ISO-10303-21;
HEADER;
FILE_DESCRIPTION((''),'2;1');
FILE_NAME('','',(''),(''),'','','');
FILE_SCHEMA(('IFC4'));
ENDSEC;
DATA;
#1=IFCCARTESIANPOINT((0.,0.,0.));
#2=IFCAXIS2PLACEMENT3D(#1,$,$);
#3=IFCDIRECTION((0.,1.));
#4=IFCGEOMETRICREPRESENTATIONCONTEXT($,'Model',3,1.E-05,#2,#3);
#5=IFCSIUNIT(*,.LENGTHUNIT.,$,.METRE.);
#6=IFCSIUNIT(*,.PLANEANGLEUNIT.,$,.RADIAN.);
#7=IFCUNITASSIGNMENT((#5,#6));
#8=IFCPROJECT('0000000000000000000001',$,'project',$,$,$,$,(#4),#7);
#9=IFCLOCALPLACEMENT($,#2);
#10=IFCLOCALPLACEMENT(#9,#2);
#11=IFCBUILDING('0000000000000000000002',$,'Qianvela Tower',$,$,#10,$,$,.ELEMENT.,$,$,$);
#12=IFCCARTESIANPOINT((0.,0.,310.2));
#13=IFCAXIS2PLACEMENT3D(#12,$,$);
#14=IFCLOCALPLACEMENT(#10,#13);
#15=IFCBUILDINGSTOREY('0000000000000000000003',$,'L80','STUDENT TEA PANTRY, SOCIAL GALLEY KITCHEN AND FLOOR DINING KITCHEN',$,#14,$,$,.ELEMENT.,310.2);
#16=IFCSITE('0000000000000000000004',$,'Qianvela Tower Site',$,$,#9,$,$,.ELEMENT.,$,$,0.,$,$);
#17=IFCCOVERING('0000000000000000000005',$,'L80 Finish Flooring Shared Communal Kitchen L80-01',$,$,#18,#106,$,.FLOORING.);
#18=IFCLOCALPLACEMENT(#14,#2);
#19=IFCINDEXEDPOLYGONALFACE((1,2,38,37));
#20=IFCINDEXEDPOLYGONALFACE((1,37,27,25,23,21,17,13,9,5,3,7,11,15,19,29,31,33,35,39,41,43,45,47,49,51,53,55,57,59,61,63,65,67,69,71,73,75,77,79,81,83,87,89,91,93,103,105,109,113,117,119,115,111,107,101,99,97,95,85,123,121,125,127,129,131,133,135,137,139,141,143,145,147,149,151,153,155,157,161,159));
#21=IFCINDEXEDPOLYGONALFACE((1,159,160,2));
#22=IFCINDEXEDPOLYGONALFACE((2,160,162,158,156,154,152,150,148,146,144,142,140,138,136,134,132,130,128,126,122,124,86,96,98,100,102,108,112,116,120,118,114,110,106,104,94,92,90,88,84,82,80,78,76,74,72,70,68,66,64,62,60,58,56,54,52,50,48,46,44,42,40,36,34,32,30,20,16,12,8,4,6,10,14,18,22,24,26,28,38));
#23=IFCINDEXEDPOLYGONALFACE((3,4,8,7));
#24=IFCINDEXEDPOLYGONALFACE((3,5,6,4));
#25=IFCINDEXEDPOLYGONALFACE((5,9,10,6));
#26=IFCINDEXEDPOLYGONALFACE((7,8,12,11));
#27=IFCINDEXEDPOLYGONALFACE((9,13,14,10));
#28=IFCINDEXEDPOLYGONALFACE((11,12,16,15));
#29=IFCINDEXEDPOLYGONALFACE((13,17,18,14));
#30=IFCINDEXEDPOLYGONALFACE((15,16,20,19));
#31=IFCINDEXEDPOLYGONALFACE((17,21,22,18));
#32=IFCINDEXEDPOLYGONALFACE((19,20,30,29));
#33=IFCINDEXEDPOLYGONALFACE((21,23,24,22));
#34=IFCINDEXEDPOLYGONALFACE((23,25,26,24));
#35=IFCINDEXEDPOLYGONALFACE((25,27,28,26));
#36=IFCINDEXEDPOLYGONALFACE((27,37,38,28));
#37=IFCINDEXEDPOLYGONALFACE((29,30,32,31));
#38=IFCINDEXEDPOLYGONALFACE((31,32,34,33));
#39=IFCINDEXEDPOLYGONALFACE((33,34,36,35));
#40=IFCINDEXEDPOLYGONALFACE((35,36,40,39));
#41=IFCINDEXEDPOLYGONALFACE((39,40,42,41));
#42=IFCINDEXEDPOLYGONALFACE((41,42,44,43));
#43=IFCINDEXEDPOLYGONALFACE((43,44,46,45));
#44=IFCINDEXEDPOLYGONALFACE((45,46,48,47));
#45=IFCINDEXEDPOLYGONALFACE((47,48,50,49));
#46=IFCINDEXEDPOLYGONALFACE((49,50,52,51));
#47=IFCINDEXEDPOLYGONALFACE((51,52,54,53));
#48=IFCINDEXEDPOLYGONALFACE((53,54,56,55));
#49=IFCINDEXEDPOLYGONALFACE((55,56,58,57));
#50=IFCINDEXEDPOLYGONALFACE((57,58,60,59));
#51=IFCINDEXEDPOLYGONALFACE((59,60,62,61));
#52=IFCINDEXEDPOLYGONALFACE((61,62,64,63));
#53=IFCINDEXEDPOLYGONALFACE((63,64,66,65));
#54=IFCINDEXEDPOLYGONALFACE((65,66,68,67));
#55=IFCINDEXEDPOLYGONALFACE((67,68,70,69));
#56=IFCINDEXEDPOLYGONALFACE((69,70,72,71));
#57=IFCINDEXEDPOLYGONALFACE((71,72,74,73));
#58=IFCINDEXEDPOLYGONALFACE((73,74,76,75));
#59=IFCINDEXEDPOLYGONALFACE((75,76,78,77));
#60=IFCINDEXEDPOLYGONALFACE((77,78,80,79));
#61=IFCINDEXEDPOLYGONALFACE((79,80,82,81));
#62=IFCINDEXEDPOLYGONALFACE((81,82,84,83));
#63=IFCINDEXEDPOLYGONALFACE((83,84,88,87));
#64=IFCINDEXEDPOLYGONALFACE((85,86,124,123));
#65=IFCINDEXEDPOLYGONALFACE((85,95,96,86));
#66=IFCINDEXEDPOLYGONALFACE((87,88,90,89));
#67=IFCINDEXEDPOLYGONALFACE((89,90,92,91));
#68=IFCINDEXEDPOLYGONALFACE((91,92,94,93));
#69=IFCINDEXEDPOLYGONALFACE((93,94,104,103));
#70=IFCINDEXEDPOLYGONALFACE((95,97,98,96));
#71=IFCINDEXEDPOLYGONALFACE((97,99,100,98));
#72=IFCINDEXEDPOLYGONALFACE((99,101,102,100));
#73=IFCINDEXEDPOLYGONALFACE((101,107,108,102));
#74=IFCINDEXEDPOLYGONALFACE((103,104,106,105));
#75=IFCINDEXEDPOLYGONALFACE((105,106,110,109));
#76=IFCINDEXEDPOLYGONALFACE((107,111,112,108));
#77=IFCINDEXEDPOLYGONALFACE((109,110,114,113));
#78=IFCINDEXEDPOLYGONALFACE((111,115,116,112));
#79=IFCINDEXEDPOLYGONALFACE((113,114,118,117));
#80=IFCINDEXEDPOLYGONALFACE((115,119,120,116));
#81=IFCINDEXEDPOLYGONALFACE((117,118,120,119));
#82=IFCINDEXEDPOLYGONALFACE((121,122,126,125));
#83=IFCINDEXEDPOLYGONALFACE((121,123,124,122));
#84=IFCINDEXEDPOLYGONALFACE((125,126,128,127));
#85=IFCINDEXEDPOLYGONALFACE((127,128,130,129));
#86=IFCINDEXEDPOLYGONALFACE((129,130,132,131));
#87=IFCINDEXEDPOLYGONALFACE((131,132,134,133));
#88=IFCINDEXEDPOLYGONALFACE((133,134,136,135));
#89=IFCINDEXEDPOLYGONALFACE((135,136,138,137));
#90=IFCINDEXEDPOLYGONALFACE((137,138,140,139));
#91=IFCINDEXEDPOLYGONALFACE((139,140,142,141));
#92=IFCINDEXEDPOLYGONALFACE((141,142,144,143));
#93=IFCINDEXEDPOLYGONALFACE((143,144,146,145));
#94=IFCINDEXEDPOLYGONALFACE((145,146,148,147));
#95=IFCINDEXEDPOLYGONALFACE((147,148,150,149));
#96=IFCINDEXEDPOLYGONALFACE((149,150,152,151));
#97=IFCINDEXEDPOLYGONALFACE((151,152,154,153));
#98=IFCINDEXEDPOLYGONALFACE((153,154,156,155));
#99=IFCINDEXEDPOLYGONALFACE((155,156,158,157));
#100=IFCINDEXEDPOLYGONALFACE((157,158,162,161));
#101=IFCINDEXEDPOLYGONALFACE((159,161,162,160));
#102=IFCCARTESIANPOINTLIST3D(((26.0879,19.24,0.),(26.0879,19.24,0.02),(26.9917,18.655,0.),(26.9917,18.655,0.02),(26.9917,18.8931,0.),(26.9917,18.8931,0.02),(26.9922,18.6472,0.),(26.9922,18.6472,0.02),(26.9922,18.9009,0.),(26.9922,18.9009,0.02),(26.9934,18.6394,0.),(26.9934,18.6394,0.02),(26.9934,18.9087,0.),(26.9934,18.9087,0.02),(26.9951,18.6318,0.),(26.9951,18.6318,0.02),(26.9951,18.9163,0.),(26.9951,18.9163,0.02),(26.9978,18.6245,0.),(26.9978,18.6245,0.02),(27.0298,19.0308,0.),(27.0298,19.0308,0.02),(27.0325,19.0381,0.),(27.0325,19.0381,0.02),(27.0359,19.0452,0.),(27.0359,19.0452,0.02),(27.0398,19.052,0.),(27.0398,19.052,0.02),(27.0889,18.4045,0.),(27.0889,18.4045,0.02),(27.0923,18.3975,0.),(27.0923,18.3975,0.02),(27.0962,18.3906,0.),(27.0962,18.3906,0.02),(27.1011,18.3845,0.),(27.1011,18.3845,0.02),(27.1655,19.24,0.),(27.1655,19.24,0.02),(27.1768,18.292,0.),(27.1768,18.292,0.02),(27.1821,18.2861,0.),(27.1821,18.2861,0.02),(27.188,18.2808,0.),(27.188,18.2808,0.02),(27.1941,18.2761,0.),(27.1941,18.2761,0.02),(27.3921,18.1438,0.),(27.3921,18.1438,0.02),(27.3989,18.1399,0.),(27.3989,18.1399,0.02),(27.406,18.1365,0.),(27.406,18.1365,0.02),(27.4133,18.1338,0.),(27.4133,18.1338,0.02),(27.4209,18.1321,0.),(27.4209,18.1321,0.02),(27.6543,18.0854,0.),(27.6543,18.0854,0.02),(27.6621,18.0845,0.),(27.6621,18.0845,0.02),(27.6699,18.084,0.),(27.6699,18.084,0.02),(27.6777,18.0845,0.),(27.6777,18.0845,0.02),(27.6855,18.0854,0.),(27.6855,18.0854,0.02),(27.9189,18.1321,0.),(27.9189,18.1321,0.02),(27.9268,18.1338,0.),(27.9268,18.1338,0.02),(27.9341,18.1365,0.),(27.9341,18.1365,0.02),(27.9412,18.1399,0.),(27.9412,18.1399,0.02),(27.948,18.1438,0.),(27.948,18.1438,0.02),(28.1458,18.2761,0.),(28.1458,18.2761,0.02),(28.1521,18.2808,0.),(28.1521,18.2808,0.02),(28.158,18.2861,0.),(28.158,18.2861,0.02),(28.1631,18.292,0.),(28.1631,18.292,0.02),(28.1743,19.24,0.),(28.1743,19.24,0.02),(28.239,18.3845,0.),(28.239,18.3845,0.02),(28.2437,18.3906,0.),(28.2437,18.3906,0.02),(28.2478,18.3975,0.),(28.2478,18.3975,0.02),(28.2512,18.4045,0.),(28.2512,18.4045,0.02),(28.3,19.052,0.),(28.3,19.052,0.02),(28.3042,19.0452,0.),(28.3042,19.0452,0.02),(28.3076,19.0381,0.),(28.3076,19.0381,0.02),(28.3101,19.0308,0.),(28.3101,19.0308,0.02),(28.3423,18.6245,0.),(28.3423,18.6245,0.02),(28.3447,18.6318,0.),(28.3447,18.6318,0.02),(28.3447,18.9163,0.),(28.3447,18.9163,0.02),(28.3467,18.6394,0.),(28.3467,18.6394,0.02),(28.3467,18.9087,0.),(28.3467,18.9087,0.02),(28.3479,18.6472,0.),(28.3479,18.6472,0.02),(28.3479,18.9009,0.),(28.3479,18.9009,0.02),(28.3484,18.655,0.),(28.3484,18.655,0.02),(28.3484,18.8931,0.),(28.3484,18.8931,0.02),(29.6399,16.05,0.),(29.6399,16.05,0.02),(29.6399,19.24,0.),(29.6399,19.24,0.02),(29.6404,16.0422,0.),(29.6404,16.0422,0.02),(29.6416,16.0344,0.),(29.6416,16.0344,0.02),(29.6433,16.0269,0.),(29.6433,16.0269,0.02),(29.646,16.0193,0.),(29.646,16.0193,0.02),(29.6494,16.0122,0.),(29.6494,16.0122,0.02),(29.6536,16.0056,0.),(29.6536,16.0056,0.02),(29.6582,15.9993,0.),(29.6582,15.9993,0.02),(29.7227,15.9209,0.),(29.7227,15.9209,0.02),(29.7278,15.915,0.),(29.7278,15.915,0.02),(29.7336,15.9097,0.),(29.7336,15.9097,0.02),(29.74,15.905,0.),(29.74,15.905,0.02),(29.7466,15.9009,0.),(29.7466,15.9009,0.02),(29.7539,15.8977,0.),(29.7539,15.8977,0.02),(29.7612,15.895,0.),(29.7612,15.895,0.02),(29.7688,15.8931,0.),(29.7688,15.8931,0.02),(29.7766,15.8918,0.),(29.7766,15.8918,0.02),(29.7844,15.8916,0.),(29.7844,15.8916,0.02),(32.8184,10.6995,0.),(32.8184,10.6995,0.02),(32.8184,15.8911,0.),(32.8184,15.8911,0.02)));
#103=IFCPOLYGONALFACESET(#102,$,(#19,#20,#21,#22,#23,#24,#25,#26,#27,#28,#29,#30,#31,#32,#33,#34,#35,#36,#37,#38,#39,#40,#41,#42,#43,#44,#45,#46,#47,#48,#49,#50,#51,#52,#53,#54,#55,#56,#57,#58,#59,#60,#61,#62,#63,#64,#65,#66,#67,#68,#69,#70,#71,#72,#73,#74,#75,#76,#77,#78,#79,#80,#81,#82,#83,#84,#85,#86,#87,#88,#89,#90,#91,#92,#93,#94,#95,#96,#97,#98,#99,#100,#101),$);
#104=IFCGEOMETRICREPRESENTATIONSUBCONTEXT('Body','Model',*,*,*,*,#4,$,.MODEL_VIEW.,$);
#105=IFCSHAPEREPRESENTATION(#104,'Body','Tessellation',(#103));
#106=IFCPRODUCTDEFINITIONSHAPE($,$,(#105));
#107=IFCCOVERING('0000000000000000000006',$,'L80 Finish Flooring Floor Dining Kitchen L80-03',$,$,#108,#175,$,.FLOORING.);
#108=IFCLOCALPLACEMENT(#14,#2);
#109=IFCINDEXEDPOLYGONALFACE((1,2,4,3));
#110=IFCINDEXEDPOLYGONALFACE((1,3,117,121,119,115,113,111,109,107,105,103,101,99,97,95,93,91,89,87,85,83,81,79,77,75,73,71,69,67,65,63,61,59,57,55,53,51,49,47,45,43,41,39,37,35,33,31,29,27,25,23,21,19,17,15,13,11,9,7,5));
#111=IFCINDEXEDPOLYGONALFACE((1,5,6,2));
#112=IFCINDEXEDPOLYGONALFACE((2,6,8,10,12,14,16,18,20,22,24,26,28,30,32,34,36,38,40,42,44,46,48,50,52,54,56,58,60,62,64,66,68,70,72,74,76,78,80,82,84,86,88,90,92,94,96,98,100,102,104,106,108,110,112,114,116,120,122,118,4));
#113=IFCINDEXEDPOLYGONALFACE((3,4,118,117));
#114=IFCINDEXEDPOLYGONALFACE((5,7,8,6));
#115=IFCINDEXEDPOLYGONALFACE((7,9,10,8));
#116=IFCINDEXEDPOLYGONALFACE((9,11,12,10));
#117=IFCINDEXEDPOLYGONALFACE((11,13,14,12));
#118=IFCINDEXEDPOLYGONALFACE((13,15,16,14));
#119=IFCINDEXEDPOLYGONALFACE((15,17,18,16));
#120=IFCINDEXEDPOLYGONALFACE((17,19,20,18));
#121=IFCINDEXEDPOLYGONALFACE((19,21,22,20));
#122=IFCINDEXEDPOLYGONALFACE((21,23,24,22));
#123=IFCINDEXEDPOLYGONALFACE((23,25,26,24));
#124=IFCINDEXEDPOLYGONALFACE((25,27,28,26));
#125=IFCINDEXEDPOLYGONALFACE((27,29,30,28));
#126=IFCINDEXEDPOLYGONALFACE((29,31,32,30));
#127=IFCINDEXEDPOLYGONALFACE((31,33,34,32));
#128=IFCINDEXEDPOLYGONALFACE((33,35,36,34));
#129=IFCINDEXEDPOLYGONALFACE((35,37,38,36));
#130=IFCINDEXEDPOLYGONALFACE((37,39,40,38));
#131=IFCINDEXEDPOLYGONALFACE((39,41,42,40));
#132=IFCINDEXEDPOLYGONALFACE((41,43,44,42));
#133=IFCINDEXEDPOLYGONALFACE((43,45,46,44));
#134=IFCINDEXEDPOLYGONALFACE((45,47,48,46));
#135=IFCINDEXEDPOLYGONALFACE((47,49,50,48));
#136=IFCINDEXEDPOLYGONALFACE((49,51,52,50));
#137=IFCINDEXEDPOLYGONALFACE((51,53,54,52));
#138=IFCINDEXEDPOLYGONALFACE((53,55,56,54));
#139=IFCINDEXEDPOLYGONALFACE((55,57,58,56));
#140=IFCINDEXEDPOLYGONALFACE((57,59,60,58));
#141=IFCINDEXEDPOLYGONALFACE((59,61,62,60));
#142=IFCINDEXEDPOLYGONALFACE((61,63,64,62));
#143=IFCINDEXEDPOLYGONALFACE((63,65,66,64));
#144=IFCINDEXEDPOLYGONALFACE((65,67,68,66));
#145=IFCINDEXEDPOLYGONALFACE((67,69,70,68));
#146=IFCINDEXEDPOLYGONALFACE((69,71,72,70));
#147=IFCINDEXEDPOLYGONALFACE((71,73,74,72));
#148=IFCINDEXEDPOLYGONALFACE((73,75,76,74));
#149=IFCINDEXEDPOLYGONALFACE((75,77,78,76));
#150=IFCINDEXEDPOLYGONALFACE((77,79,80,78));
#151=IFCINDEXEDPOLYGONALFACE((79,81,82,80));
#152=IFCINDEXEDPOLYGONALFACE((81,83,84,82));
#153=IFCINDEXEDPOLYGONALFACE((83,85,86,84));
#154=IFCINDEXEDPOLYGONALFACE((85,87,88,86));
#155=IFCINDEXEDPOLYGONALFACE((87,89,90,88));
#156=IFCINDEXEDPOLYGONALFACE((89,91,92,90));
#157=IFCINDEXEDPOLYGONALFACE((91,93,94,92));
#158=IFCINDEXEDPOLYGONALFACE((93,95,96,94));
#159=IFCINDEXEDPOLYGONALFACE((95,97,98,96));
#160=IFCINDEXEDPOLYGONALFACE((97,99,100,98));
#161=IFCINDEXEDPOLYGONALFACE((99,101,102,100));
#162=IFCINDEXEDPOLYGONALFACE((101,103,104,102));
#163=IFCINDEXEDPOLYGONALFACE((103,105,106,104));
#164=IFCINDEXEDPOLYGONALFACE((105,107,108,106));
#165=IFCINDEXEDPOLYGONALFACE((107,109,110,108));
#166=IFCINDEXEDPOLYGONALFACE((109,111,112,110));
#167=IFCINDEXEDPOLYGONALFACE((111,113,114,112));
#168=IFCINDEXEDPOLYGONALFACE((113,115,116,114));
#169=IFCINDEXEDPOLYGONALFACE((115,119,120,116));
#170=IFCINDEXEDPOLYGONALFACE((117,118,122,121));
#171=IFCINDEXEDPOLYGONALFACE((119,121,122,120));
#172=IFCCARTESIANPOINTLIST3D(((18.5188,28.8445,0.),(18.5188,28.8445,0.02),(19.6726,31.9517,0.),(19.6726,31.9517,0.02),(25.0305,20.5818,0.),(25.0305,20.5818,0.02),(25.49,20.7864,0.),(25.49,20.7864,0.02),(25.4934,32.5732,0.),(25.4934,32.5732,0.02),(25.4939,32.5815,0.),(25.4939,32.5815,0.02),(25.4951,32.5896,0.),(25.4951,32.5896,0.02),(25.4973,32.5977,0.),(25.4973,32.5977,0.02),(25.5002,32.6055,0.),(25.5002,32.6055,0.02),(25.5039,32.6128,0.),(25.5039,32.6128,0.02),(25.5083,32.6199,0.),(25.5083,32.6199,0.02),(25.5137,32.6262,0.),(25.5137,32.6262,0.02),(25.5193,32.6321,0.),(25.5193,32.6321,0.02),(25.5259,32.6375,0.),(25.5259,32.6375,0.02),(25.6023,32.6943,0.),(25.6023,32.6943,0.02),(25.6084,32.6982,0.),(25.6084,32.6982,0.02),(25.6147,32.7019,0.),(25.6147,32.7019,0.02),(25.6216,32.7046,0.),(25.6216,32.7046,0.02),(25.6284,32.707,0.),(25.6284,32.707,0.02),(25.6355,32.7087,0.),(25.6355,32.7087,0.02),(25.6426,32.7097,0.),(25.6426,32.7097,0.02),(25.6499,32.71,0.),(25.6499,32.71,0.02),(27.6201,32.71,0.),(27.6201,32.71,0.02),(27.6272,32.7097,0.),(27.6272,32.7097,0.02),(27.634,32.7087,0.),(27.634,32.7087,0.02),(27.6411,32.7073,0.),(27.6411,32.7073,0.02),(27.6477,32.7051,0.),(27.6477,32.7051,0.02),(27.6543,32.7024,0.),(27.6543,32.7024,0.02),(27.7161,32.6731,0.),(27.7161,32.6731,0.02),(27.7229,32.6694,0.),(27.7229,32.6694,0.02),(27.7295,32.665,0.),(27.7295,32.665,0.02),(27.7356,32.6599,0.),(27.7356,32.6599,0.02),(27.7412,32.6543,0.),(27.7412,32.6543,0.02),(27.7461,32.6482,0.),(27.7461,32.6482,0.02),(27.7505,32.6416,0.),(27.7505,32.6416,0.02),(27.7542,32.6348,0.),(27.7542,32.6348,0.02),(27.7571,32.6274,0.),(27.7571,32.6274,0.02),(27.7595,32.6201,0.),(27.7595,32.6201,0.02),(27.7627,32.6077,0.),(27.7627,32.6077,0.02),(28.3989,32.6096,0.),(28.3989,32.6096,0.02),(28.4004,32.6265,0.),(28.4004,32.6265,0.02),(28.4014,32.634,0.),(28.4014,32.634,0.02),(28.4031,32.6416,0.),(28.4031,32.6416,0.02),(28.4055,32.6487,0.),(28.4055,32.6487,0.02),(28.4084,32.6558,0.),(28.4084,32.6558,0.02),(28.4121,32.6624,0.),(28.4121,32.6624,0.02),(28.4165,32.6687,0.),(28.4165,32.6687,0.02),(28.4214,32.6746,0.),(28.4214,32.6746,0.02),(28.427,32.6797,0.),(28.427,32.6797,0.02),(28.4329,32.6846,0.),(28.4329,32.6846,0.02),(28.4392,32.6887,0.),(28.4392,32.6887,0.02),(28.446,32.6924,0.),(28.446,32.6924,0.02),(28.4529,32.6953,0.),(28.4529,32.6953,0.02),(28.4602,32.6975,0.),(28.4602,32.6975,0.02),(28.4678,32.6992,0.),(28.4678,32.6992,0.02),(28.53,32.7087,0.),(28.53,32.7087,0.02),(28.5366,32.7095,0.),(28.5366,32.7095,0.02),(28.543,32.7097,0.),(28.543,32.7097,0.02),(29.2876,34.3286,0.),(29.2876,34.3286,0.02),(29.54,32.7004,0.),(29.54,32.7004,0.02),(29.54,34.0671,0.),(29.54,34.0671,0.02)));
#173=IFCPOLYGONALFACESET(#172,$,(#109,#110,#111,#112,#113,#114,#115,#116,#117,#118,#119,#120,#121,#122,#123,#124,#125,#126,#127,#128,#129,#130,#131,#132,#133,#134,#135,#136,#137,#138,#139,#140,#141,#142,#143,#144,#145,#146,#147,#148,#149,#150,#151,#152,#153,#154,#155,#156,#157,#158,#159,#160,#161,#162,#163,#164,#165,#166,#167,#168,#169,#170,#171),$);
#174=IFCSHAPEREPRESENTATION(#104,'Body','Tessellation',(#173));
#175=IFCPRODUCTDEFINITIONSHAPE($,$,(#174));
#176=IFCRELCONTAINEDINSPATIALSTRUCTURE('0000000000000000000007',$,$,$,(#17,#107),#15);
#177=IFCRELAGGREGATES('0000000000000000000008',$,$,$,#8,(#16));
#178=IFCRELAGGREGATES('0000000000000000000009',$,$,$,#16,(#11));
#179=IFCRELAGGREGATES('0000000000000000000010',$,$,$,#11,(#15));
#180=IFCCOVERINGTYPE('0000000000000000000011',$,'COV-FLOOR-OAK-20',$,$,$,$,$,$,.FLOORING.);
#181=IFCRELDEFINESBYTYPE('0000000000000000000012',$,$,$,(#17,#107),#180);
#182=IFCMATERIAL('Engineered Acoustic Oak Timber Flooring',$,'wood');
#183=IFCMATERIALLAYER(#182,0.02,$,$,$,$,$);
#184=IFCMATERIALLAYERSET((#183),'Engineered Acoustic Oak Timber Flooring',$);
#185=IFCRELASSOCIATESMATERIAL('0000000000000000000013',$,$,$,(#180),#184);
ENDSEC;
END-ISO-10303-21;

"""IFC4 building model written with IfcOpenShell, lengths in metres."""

from ifc_helpers import new_model, si_unit, direction, frame, origin, place, context, subcontext, project, spatial, polyline, outline, extrude, material, layer, layer_set, type_object, element, save


model = new_model("IFC4")

# Units and contexts
model_context = context("Model", 3, precision=1e-05, world=origin(), true_north=direction((0.0, 1.0)))
body_context = subcontext(model_context, "Body", "Model", "MODEL_VIEW")
ifc_project = project(units=[si_unit("LENGTHUNIT", "METRE"), si_unit("PLANEANGLEUNIT", "RADIAN")], contexts=[model_context])

# Site, building, storey
site_placement = place(None, origin())
site = spatial("IfcSite", under=ifc_project, at=site_placement, Name="Qianvela Tower Site", CompositionType="ELEMENT", RefElevation=0.0)
building_placement = place(site_placement, origin())
building = spatial("IfcBuilding", under=site, at=building_placement, Name="Qianvela Tower", CompositionType="ELEMENT")
storey_placement = place(building_placement, frame((0.0, 0.0, 310.2)))
storey = spatial("IfcBuildingStorey", under=building, at=storey_placement, Name="L80", Description="STUDENT TEA PANTRY, SOCIAL GALLEY KITCHEN AND FLOOR DINING KITCHEN", CompositionType="ELEMENT", Elevation=310.2)

# Coverings
ifc_material_1 = material(Name="Engineered Acoustic Oak Timber Flooring", Category="wood")
ifc_layer_1 = layer(ifc_material_1, 0.02)
ifc_layer_set_1 = layer_set([ifc_layer_1], Name="Engineered Acoustic Oak Timber Flooring")
covering_type_1 = type_object("IfcCoveringType", Name="COV-FLOOR-OAK-20", PredefinedType="FLOORING", material=ifc_layer_set_1)
covering_1_placement = place(storey_placement, origin())
element("IfcCovering", 1, at=covering_1_placement, inside=storey, type_object=covering_type_1, Name="L80 Finish Flooring Shared Communal Kitchen L80-01", PredefinedType="FLOORING", context=body_context, shape_type="SweptSolid", body=[
    extrude(outline(polyline([(27.1655, 19.24), (27.0398, 19.052), (27.0359, 19.0452), (27.0325, 19.0381), (27.0298, 19.0308), (26.9951, 18.9163), (26.9934, 18.9087), (26.9922, 18.9009), (26.9917, 18.8931), (26.9917, 18.655), (26.9922, 18.6472), (26.9934, 18.6394), (26.9951, 18.6318), (26.9978, 18.6245), (27.0889, 18.4045), (27.0923, 18.3975), (27.0962, 18.3906), (27.1011, 18.3845), (27.1768, 18.292), (27.1821, 18.2861), (27.188, 18.2808), (27.1941, 18.2761), (27.3921, 18.1438), (27.3989, 18.1399), (27.406, 18.1365), (27.4133, 18.1338), (27.4209, 18.1321), (27.6543, 18.0854), (27.6621, 18.0845), (27.6699, 18.084), (27.6777, 18.0845), (27.6855, 18.0854), (27.9189, 18.1321), (27.9268, 18.1338), (27.9341, 18.1365), (27.9412, 18.1399), (27.948, 18.1438), (28.1458, 18.2761), (28.1521, 18.2808), (28.158, 18.2861), (28.1631, 18.292), (28.239, 18.3845), (28.2437, 18.3906), (28.2478, 18.3975), (28.2512, 18.4045), (28.3423, 18.6245), (28.3447, 18.6318), (28.3467, 18.6394), (28.3479, 18.6472), (28.3484, 18.655), (28.3484, 18.8931), (28.3479, 18.9009), (28.3467, 18.9087), (28.3447, 18.9163), (28.3101, 19.0308), (28.3076, 19.0381), (28.3042, 19.0452), (28.3, 19.052), (28.1743, 19.24), (29.6399, 19.24), (29.6399, 16.05), (29.6404, 16.0422), (29.6416, 16.0344), (29.6433, 16.0269), (29.646, 16.0193), (29.6494, 16.0122), (29.6536, 16.0056), (29.6582, 15.9993), (29.7227, 15.9209), (29.7278, 15.915), (29.7336, 15.9097), (29.74, 15.905), (29.7466, 15.9009), (29.7539, 15.8977), (29.7612, 15.895), (29.7688, 15.8931), (29.7766, 15.8918), (29.7844, 15.8916), (32.8184, 15.8911), (32.8184, 10.6995), (26.0879, 19.24), (27.1655, 19.24)])), origin(), (0.0, 0.0, 1.0), 0.02),
])
covering_2_placement = place(storey_placement, origin())
element("IfcCovering", 2, at=covering_2_placement, inside=storey, type_object=covering_type_1, Name="L80 Finish Flooring Floor Dining Kitchen L80-03", PredefinedType="FLOORING", context=body_context, shape_type="SweptSolid", body=[
    extrude(outline(polyline([(29.2876, 34.3286), (29.54, 34.0671), (29.54, 32.7004), (28.543, 32.7097), (28.5366, 32.7095), (28.53, 32.7087), (28.4678, 32.6992), (28.4602, 32.6975), (28.4529, 32.6953), (28.446, 32.6924), (28.4392, 32.6887), (28.4329, 32.6846), (28.427, 32.6797), (28.4214, 32.6746), (28.4165, 32.6687), (28.4121, 32.6624), (28.4084, 32.6558), (28.4055, 32.6487), (28.4031, 32.6416), (28.4014, 32.634), (28.4004, 32.6265), (28.3989, 32.6096), (27.7627, 32.6077), (27.7595, 32.6201), (27.7571, 32.6274), (27.7542, 32.6348), (27.7505, 32.6416), (27.7461, 32.6482), (27.7412, 32.6543), (27.7356, 32.6599), (27.7295, 32.665), (27.7229, 32.6694), (27.7161, 32.6731), (27.6543, 32.7024), (27.6477, 32.7051), (27.6411, 32.7073), (27.634, 32.7087), (27.6272, 32.7097), (27.6201, 32.71), (25.6499, 32.71), (25.6426, 32.7097), (25.6355, 32.7087), (25.6284, 32.707), (25.6216, 32.7046), (25.6147, 32.7019), (25.6084, 32.6982), (25.6023, 32.6943), (25.5259, 32.6375), (25.5193, 32.6321), (25.5137, 32.6262), (25.5083, 32.6199), (25.5039, 32.6128), (25.5002, 32.6055), (25.4973, 32.5977), (25.4951, 32.5896), (25.4939, 32.5815), (25.4934, 32.5732), (25.49, 20.7864), (25.0305, 20.5818), (18.5188, 28.8445), (19.6726, 31.9517), (29.2876, 34.3286)])), origin(), (0.0, 0.0, 1.0), 0.02),
])

save(model, "model.ifc")
